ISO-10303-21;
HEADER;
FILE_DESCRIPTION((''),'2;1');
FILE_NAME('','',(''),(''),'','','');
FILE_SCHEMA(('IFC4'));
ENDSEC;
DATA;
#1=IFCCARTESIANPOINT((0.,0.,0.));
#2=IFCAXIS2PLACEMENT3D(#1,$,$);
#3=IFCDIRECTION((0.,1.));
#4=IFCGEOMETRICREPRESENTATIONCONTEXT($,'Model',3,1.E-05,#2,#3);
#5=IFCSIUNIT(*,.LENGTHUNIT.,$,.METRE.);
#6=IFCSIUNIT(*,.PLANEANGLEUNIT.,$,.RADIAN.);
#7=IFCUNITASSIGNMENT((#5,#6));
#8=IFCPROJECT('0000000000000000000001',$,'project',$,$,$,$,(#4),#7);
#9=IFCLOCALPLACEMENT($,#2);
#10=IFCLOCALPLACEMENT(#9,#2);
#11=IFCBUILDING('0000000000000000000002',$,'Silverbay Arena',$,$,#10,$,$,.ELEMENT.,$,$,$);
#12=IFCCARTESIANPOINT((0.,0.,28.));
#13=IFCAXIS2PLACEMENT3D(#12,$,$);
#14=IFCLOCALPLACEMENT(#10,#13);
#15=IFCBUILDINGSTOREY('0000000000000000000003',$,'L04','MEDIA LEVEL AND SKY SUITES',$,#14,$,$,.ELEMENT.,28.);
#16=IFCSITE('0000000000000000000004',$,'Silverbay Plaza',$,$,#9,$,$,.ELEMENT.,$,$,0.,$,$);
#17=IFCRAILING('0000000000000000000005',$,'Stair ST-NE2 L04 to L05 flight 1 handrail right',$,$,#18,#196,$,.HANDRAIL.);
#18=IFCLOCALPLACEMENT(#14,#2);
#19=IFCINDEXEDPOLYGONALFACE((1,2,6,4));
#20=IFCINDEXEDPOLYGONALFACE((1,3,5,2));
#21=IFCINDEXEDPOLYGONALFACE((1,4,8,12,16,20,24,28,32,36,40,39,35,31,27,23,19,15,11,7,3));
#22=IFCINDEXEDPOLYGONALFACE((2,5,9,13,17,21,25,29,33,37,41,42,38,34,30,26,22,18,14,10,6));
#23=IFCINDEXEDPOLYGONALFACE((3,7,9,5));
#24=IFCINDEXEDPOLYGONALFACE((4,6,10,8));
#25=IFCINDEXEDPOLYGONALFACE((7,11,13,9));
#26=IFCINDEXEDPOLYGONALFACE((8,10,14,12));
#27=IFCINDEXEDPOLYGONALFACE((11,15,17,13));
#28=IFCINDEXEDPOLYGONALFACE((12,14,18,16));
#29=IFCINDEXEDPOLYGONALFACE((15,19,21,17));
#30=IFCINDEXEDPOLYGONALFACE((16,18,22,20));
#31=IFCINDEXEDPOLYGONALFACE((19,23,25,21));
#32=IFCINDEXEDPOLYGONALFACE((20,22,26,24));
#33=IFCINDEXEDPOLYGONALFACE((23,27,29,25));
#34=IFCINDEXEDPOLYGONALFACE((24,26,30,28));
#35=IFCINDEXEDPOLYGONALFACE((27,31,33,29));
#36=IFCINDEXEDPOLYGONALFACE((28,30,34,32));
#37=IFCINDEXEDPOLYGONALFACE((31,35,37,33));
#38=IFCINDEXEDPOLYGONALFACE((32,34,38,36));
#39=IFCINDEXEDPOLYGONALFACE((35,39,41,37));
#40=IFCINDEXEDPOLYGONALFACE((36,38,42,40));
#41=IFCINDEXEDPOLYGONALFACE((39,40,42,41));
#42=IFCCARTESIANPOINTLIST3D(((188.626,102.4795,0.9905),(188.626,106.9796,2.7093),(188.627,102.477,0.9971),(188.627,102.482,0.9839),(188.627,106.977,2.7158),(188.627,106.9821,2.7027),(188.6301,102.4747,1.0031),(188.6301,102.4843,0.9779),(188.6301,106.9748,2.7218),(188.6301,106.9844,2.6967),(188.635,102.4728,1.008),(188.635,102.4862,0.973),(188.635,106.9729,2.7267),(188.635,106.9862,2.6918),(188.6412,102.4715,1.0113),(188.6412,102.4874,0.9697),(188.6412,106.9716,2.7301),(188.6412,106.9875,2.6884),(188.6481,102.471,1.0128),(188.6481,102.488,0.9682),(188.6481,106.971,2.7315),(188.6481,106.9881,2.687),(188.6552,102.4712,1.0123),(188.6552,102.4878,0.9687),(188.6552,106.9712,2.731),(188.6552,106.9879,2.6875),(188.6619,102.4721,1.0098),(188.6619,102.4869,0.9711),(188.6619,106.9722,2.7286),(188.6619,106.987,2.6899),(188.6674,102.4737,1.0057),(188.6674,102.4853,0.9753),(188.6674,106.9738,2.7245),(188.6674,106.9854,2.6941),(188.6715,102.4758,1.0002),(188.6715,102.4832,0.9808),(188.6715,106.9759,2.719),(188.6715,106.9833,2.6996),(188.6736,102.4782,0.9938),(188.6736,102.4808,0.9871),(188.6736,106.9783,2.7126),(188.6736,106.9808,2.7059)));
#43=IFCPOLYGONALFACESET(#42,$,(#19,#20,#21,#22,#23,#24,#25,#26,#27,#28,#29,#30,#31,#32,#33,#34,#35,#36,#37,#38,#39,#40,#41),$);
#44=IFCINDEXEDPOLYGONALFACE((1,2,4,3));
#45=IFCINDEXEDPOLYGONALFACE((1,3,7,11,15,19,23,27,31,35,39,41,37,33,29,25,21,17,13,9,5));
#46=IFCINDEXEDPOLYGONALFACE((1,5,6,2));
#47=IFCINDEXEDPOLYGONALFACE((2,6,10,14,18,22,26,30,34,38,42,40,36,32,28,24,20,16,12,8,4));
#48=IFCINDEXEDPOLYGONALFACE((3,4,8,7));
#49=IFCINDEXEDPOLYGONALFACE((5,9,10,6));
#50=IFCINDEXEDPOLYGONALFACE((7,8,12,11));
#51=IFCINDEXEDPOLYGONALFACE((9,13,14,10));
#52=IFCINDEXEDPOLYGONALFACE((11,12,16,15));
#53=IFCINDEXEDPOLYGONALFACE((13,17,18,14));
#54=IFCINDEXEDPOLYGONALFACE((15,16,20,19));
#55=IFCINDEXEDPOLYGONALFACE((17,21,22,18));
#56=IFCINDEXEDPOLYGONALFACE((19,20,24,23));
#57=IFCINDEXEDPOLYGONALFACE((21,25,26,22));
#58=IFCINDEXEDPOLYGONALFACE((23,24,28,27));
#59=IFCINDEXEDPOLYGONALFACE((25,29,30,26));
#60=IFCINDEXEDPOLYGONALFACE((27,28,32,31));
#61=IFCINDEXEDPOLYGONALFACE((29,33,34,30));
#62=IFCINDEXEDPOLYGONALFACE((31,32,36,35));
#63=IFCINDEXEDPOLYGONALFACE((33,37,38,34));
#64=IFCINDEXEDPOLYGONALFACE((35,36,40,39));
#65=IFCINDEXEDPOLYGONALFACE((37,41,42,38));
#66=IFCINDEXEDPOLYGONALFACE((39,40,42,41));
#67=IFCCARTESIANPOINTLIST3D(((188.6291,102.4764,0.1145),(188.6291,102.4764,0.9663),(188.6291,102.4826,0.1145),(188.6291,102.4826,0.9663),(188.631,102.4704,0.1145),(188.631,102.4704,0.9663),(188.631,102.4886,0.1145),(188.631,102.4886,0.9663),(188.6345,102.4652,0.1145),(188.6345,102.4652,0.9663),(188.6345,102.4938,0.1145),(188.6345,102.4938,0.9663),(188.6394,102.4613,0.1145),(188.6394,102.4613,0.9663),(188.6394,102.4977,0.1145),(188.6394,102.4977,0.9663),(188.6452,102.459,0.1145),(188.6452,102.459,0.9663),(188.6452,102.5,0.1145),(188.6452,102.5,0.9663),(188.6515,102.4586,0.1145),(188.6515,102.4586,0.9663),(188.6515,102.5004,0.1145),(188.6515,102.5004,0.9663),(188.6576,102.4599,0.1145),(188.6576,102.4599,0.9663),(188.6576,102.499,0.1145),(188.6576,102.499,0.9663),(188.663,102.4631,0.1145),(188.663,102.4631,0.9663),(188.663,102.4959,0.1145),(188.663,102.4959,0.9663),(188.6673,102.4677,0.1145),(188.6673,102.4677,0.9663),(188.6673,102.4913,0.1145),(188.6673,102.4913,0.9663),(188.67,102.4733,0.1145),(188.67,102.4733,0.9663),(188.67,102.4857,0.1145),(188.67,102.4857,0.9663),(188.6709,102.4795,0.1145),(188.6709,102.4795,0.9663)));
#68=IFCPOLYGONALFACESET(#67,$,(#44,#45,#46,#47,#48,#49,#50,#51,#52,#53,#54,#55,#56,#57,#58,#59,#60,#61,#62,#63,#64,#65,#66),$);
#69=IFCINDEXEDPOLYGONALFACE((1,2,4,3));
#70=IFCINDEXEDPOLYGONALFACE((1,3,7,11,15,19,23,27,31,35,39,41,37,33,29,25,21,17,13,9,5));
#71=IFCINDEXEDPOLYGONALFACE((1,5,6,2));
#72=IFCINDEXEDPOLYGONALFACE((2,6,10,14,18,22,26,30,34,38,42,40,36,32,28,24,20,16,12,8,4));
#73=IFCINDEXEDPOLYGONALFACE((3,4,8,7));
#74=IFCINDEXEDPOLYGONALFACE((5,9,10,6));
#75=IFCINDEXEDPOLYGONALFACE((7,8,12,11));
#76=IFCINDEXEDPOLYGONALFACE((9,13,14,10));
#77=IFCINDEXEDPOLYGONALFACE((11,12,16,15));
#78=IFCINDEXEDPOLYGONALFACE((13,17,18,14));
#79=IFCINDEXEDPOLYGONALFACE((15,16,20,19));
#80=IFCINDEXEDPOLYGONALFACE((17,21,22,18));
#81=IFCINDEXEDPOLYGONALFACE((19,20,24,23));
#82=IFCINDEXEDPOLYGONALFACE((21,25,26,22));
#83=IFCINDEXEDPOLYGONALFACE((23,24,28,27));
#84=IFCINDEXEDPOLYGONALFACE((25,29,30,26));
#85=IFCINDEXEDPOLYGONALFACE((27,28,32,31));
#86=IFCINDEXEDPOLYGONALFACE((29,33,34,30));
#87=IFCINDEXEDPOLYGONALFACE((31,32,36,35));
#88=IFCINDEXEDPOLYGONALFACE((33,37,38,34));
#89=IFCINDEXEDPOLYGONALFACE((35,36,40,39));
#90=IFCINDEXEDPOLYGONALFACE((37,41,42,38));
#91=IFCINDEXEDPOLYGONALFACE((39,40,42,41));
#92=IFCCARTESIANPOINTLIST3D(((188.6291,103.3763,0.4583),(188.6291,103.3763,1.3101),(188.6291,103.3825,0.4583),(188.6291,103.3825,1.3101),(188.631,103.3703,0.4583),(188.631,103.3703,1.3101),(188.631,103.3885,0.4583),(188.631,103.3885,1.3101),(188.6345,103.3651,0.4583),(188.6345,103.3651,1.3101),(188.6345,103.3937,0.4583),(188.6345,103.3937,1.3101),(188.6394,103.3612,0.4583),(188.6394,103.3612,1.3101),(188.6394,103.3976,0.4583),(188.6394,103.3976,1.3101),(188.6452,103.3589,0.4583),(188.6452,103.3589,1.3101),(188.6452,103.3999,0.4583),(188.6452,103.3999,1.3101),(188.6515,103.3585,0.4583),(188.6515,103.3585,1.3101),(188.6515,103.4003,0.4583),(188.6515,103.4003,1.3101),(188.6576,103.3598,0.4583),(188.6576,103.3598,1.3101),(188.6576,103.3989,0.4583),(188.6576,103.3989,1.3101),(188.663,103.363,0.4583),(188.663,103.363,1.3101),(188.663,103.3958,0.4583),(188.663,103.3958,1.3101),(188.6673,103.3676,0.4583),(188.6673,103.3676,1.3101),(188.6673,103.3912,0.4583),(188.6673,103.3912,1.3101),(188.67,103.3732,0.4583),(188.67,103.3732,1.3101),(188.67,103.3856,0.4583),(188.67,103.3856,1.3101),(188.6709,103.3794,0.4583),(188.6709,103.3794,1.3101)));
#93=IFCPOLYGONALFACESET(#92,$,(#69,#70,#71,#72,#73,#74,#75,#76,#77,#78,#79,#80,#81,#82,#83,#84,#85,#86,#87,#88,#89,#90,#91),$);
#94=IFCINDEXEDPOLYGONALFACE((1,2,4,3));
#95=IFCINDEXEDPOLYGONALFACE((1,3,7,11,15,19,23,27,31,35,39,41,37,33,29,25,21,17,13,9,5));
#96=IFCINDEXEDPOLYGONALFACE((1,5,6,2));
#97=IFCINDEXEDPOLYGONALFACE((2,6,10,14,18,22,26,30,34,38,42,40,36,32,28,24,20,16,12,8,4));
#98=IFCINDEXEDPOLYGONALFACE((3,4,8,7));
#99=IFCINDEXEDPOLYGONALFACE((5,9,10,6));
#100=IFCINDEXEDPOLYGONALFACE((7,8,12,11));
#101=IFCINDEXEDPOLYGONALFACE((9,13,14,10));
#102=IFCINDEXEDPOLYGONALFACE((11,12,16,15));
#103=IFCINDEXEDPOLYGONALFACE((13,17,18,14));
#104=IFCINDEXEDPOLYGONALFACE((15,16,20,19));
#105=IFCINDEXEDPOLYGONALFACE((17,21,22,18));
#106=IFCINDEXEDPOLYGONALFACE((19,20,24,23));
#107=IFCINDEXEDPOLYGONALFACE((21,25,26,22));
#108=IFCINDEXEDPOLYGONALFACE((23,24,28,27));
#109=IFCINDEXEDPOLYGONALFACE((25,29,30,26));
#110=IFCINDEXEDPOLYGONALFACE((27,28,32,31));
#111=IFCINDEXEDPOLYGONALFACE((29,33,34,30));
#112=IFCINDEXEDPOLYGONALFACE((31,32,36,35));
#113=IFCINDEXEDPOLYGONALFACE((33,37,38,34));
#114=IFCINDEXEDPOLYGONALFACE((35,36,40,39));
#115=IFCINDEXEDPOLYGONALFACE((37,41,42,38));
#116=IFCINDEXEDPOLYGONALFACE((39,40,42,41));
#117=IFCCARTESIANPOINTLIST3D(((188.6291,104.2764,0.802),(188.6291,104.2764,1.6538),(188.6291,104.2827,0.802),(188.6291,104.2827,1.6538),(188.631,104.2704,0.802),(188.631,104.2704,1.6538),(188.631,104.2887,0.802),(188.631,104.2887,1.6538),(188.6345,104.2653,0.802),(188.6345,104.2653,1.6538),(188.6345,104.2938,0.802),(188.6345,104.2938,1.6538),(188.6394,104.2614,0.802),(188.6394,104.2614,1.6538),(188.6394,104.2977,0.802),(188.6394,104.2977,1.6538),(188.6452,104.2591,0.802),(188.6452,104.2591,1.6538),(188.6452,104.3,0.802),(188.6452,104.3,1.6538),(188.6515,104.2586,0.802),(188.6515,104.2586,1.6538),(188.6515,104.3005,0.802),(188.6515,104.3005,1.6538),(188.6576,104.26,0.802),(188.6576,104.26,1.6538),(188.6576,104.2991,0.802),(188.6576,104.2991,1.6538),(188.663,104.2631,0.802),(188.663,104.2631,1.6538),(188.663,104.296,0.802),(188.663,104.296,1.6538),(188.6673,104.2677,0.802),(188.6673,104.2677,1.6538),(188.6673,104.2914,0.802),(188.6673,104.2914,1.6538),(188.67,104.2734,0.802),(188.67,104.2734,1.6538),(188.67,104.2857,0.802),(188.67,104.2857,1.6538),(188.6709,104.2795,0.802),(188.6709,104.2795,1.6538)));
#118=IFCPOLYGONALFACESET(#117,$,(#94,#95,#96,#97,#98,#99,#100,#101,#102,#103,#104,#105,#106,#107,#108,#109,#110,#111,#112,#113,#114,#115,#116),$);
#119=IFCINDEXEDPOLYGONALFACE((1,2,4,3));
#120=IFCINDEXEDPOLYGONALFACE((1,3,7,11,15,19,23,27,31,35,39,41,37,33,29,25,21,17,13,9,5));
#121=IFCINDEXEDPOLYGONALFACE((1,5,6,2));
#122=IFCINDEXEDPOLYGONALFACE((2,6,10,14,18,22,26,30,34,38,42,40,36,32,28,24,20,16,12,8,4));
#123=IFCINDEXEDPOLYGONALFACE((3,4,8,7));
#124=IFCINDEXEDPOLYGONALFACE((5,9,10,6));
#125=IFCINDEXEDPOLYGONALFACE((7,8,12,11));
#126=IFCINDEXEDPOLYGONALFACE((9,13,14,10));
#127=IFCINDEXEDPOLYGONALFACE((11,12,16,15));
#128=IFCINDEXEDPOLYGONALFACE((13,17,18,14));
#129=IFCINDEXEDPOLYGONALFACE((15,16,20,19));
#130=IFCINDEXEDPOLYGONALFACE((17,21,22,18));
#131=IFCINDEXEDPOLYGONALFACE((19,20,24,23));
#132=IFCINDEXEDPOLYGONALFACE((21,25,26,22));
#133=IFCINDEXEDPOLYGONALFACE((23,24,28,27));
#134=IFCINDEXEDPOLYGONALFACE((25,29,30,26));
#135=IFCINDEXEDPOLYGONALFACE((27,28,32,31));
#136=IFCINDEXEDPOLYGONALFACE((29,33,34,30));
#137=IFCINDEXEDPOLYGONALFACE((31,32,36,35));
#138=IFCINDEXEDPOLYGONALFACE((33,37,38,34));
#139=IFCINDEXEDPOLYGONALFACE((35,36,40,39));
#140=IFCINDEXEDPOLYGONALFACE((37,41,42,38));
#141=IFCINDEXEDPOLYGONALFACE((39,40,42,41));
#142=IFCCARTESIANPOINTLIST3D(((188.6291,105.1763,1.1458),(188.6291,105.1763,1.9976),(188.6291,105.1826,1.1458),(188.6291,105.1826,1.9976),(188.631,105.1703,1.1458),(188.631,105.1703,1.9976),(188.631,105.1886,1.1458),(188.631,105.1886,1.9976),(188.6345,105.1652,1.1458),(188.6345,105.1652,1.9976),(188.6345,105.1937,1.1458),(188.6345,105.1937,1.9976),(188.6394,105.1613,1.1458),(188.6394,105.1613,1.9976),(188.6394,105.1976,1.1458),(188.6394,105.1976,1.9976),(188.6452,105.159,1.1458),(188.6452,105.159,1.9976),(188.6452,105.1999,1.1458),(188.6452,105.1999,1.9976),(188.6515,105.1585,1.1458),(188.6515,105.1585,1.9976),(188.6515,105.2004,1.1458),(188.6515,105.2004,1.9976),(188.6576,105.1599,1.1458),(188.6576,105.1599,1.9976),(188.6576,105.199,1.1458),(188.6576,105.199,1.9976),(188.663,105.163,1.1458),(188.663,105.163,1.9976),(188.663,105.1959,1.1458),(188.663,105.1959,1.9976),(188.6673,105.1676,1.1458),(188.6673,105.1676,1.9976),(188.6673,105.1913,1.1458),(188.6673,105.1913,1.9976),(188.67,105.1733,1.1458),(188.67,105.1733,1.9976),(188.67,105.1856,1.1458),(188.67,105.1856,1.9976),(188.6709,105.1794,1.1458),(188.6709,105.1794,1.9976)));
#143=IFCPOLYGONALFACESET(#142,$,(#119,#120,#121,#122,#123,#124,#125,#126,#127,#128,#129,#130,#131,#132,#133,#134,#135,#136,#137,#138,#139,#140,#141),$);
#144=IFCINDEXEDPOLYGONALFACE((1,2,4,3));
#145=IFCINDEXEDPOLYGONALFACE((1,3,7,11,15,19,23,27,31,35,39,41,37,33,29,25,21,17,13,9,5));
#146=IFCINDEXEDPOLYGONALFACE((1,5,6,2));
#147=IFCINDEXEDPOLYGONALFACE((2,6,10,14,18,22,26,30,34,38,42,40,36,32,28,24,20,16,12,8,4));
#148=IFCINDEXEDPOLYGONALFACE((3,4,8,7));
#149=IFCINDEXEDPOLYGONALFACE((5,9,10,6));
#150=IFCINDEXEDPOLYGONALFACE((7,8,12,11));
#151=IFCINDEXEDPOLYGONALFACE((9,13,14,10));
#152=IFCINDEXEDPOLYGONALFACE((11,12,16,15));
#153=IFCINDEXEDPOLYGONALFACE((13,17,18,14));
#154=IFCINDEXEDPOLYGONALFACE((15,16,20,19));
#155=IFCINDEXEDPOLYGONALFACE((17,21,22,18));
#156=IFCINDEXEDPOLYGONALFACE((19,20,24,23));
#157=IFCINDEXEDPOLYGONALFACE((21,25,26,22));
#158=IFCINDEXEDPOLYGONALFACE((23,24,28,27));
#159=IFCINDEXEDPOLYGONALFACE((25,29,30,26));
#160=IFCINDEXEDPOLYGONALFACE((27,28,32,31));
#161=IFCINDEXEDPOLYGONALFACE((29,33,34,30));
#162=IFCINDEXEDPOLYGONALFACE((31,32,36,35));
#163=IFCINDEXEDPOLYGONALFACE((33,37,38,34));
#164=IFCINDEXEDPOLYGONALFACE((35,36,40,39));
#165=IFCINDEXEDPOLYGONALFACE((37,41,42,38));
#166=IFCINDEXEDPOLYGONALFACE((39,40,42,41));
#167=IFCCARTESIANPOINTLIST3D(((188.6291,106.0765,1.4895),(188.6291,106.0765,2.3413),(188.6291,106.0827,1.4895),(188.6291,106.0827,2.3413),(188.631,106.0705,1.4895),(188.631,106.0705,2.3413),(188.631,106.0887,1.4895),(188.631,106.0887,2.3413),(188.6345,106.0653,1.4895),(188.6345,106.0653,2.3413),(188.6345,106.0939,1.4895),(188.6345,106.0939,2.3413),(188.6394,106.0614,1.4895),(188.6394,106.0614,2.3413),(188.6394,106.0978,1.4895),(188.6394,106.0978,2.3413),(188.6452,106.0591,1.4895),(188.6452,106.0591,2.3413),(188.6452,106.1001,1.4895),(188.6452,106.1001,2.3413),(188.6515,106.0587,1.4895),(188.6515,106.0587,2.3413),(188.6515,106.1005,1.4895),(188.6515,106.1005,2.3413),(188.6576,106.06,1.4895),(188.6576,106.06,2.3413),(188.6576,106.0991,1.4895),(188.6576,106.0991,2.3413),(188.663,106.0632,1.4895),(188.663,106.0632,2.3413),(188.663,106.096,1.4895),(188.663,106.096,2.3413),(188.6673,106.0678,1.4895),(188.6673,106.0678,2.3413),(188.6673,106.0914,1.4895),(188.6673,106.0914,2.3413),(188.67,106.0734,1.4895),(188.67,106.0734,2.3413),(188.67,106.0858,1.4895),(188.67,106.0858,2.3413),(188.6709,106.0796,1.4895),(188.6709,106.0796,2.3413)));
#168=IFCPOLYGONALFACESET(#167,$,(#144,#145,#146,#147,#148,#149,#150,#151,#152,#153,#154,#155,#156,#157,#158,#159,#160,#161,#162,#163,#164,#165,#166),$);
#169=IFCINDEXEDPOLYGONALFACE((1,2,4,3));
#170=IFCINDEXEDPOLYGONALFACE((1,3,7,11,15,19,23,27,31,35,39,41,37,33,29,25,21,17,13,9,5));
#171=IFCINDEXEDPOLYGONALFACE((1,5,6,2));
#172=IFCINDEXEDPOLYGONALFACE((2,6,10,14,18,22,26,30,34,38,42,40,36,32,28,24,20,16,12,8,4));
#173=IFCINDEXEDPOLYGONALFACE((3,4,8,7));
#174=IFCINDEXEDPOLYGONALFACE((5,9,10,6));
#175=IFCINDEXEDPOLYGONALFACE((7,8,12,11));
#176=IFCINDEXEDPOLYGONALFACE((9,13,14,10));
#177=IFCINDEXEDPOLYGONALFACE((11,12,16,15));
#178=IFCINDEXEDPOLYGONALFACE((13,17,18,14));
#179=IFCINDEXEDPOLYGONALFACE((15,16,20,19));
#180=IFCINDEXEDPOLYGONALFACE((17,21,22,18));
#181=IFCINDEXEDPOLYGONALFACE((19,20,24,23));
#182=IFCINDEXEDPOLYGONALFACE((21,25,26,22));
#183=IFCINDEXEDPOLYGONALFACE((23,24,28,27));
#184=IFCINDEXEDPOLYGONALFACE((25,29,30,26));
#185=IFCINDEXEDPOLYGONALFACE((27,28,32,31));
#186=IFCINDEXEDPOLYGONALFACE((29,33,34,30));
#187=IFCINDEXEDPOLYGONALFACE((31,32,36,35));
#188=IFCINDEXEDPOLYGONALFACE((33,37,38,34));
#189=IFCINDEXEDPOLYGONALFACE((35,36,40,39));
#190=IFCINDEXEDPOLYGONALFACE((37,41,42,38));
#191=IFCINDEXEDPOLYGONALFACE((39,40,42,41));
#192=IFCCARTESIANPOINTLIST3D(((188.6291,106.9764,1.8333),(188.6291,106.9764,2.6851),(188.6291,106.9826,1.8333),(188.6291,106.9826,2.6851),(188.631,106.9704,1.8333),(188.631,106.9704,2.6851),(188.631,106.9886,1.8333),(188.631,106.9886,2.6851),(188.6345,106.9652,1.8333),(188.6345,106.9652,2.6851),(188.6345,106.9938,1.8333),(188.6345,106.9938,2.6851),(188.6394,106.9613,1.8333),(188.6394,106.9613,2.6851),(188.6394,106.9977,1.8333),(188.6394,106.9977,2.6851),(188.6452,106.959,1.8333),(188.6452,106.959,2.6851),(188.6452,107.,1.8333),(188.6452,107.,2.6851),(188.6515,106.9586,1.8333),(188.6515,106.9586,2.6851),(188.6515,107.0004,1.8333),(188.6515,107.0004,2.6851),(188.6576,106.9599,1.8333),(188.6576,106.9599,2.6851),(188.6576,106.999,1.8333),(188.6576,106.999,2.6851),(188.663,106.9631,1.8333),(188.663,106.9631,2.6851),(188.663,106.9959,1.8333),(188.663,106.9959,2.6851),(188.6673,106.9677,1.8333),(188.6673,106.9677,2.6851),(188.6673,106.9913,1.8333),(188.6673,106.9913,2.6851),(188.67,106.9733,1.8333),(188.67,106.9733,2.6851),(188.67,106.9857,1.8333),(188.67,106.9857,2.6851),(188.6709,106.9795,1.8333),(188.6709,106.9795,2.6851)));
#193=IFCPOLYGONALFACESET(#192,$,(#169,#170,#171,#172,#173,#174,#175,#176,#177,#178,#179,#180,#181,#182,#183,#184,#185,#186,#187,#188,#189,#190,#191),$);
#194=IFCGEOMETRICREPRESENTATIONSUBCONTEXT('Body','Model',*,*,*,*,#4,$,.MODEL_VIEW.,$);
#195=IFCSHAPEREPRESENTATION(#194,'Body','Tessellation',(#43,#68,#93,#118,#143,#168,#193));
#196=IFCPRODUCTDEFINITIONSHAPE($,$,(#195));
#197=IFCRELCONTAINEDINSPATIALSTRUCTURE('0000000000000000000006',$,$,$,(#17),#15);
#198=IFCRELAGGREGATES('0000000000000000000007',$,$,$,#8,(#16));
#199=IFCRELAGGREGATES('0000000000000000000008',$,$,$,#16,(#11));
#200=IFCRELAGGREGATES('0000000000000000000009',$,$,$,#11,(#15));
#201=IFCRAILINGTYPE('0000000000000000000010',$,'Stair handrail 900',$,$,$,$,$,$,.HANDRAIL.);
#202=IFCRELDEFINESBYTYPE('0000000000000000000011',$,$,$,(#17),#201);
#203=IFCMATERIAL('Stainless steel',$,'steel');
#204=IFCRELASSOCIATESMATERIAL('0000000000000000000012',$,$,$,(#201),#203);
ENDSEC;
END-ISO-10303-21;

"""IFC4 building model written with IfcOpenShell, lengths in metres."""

from ifc_helpers import new_model, si_unit, direction, frame, origin, origin_2d, place, context, subcontext, project, spatial, circle, extrude, material, type_object, element, save


model = new_model("IFC4")

# Units and contexts
model_context = context("Model", 3, precision=1e-05, world=origin(), true_north=direction((0.0, 1.0)))
body_context = subcontext(model_context, "Body", "Model", "MODEL_VIEW")
ifc_project = project(units=[si_unit("LENGTHUNIT", "METRE"), si_unit("PLANEANGLEUNIT", "RADIAN")], contexts=[model_context])

# Site, building, storey
site_placement = place(None, origin())
site = spatial("IfcSite", under=ifc_project, at=site_placement, Name="Silverbay Plaza", CompositionType="ELEMENT", RefElevation=0.0)
building_placement = place(site_placement, origin())
building = spatial("IfcBuilding", under=site, at=building_placement, Name="Silverbay Arena", CompositionType="ELEMENT")
storey_placement = place(building_placement, frame((0.0, 0.0, 28.0)))
storey = spatial("IfcBuildingStorey", under=building, at=storey_placement, Name="L04", Description="MEDIA LEVEL AND SKY SUITES", CompositionType="ELEMENT", Elevation=28.0)

# Railing
ifc_material_1 = material(Name="Stainless steel", Category="steel")
railing_type_1 = type_object("IfcRailingType", Name="Stair handrail 900", PredefinedType="HANDRAIL", material=ifc_material_1)
for number, where, name in (
    (1, (188.6499, 102.4795, 0.1145), "Stair ST-NE2 L04 to L05 flight 1 handrail right"),
):
    element("IfcRailing", number, at=place(storey_placement, frame(where)), inside=storey, type_object=railing_type_1, Name=name, PredefinedType="HANDRAIL", context=body_context, shape_type="SweptSolid", body=[
        extrude(circle(Radius=0.0239, at=origin_2d()), frame((0.0, 0.0, 0.876), z_axis=(0.0, 0.934179, 0.356805), x_axis=(-1.0, 0.0, 0.0)), (0.0, 0.0, 1.0), 4.8171),
        extrude(circle(Radius=0.021, at=origin_2d()), origin(), (0.0, 0.0, 1.0), 0.8518),
        extrude(circle(Radius=0.021, at=origin_2d()), frame((0.0, 0.8999, 0.3438)), (0.0, 0.0, 1.0), 0.8518),
        extrude(circle(Radius=0.021, at=origin_2d()), frame((0.0, 1.8, 0.6875)), (0.0, 0.0, 1.0), 0.8518),
        extrude(circle(Radius=0.021, at=origin_2d()), frame((0.0, 2.7, 1.0312)), (0.0, 0.0, 1.0), 0.8518),
        extrude(circle(Radius=0.021, at=origin_2d()), frame((0.0, 3.6001, 1.375)), (0.0, 0.0, 1.0), 0.8518),
        extrude(circle(Radius=0.021, at=origin_2d()), frame((0.0, 4.5, 1.7188)), (0.0, 0.0, 1.0), 0.8518),
    ])

save(model, "model.ifc")
